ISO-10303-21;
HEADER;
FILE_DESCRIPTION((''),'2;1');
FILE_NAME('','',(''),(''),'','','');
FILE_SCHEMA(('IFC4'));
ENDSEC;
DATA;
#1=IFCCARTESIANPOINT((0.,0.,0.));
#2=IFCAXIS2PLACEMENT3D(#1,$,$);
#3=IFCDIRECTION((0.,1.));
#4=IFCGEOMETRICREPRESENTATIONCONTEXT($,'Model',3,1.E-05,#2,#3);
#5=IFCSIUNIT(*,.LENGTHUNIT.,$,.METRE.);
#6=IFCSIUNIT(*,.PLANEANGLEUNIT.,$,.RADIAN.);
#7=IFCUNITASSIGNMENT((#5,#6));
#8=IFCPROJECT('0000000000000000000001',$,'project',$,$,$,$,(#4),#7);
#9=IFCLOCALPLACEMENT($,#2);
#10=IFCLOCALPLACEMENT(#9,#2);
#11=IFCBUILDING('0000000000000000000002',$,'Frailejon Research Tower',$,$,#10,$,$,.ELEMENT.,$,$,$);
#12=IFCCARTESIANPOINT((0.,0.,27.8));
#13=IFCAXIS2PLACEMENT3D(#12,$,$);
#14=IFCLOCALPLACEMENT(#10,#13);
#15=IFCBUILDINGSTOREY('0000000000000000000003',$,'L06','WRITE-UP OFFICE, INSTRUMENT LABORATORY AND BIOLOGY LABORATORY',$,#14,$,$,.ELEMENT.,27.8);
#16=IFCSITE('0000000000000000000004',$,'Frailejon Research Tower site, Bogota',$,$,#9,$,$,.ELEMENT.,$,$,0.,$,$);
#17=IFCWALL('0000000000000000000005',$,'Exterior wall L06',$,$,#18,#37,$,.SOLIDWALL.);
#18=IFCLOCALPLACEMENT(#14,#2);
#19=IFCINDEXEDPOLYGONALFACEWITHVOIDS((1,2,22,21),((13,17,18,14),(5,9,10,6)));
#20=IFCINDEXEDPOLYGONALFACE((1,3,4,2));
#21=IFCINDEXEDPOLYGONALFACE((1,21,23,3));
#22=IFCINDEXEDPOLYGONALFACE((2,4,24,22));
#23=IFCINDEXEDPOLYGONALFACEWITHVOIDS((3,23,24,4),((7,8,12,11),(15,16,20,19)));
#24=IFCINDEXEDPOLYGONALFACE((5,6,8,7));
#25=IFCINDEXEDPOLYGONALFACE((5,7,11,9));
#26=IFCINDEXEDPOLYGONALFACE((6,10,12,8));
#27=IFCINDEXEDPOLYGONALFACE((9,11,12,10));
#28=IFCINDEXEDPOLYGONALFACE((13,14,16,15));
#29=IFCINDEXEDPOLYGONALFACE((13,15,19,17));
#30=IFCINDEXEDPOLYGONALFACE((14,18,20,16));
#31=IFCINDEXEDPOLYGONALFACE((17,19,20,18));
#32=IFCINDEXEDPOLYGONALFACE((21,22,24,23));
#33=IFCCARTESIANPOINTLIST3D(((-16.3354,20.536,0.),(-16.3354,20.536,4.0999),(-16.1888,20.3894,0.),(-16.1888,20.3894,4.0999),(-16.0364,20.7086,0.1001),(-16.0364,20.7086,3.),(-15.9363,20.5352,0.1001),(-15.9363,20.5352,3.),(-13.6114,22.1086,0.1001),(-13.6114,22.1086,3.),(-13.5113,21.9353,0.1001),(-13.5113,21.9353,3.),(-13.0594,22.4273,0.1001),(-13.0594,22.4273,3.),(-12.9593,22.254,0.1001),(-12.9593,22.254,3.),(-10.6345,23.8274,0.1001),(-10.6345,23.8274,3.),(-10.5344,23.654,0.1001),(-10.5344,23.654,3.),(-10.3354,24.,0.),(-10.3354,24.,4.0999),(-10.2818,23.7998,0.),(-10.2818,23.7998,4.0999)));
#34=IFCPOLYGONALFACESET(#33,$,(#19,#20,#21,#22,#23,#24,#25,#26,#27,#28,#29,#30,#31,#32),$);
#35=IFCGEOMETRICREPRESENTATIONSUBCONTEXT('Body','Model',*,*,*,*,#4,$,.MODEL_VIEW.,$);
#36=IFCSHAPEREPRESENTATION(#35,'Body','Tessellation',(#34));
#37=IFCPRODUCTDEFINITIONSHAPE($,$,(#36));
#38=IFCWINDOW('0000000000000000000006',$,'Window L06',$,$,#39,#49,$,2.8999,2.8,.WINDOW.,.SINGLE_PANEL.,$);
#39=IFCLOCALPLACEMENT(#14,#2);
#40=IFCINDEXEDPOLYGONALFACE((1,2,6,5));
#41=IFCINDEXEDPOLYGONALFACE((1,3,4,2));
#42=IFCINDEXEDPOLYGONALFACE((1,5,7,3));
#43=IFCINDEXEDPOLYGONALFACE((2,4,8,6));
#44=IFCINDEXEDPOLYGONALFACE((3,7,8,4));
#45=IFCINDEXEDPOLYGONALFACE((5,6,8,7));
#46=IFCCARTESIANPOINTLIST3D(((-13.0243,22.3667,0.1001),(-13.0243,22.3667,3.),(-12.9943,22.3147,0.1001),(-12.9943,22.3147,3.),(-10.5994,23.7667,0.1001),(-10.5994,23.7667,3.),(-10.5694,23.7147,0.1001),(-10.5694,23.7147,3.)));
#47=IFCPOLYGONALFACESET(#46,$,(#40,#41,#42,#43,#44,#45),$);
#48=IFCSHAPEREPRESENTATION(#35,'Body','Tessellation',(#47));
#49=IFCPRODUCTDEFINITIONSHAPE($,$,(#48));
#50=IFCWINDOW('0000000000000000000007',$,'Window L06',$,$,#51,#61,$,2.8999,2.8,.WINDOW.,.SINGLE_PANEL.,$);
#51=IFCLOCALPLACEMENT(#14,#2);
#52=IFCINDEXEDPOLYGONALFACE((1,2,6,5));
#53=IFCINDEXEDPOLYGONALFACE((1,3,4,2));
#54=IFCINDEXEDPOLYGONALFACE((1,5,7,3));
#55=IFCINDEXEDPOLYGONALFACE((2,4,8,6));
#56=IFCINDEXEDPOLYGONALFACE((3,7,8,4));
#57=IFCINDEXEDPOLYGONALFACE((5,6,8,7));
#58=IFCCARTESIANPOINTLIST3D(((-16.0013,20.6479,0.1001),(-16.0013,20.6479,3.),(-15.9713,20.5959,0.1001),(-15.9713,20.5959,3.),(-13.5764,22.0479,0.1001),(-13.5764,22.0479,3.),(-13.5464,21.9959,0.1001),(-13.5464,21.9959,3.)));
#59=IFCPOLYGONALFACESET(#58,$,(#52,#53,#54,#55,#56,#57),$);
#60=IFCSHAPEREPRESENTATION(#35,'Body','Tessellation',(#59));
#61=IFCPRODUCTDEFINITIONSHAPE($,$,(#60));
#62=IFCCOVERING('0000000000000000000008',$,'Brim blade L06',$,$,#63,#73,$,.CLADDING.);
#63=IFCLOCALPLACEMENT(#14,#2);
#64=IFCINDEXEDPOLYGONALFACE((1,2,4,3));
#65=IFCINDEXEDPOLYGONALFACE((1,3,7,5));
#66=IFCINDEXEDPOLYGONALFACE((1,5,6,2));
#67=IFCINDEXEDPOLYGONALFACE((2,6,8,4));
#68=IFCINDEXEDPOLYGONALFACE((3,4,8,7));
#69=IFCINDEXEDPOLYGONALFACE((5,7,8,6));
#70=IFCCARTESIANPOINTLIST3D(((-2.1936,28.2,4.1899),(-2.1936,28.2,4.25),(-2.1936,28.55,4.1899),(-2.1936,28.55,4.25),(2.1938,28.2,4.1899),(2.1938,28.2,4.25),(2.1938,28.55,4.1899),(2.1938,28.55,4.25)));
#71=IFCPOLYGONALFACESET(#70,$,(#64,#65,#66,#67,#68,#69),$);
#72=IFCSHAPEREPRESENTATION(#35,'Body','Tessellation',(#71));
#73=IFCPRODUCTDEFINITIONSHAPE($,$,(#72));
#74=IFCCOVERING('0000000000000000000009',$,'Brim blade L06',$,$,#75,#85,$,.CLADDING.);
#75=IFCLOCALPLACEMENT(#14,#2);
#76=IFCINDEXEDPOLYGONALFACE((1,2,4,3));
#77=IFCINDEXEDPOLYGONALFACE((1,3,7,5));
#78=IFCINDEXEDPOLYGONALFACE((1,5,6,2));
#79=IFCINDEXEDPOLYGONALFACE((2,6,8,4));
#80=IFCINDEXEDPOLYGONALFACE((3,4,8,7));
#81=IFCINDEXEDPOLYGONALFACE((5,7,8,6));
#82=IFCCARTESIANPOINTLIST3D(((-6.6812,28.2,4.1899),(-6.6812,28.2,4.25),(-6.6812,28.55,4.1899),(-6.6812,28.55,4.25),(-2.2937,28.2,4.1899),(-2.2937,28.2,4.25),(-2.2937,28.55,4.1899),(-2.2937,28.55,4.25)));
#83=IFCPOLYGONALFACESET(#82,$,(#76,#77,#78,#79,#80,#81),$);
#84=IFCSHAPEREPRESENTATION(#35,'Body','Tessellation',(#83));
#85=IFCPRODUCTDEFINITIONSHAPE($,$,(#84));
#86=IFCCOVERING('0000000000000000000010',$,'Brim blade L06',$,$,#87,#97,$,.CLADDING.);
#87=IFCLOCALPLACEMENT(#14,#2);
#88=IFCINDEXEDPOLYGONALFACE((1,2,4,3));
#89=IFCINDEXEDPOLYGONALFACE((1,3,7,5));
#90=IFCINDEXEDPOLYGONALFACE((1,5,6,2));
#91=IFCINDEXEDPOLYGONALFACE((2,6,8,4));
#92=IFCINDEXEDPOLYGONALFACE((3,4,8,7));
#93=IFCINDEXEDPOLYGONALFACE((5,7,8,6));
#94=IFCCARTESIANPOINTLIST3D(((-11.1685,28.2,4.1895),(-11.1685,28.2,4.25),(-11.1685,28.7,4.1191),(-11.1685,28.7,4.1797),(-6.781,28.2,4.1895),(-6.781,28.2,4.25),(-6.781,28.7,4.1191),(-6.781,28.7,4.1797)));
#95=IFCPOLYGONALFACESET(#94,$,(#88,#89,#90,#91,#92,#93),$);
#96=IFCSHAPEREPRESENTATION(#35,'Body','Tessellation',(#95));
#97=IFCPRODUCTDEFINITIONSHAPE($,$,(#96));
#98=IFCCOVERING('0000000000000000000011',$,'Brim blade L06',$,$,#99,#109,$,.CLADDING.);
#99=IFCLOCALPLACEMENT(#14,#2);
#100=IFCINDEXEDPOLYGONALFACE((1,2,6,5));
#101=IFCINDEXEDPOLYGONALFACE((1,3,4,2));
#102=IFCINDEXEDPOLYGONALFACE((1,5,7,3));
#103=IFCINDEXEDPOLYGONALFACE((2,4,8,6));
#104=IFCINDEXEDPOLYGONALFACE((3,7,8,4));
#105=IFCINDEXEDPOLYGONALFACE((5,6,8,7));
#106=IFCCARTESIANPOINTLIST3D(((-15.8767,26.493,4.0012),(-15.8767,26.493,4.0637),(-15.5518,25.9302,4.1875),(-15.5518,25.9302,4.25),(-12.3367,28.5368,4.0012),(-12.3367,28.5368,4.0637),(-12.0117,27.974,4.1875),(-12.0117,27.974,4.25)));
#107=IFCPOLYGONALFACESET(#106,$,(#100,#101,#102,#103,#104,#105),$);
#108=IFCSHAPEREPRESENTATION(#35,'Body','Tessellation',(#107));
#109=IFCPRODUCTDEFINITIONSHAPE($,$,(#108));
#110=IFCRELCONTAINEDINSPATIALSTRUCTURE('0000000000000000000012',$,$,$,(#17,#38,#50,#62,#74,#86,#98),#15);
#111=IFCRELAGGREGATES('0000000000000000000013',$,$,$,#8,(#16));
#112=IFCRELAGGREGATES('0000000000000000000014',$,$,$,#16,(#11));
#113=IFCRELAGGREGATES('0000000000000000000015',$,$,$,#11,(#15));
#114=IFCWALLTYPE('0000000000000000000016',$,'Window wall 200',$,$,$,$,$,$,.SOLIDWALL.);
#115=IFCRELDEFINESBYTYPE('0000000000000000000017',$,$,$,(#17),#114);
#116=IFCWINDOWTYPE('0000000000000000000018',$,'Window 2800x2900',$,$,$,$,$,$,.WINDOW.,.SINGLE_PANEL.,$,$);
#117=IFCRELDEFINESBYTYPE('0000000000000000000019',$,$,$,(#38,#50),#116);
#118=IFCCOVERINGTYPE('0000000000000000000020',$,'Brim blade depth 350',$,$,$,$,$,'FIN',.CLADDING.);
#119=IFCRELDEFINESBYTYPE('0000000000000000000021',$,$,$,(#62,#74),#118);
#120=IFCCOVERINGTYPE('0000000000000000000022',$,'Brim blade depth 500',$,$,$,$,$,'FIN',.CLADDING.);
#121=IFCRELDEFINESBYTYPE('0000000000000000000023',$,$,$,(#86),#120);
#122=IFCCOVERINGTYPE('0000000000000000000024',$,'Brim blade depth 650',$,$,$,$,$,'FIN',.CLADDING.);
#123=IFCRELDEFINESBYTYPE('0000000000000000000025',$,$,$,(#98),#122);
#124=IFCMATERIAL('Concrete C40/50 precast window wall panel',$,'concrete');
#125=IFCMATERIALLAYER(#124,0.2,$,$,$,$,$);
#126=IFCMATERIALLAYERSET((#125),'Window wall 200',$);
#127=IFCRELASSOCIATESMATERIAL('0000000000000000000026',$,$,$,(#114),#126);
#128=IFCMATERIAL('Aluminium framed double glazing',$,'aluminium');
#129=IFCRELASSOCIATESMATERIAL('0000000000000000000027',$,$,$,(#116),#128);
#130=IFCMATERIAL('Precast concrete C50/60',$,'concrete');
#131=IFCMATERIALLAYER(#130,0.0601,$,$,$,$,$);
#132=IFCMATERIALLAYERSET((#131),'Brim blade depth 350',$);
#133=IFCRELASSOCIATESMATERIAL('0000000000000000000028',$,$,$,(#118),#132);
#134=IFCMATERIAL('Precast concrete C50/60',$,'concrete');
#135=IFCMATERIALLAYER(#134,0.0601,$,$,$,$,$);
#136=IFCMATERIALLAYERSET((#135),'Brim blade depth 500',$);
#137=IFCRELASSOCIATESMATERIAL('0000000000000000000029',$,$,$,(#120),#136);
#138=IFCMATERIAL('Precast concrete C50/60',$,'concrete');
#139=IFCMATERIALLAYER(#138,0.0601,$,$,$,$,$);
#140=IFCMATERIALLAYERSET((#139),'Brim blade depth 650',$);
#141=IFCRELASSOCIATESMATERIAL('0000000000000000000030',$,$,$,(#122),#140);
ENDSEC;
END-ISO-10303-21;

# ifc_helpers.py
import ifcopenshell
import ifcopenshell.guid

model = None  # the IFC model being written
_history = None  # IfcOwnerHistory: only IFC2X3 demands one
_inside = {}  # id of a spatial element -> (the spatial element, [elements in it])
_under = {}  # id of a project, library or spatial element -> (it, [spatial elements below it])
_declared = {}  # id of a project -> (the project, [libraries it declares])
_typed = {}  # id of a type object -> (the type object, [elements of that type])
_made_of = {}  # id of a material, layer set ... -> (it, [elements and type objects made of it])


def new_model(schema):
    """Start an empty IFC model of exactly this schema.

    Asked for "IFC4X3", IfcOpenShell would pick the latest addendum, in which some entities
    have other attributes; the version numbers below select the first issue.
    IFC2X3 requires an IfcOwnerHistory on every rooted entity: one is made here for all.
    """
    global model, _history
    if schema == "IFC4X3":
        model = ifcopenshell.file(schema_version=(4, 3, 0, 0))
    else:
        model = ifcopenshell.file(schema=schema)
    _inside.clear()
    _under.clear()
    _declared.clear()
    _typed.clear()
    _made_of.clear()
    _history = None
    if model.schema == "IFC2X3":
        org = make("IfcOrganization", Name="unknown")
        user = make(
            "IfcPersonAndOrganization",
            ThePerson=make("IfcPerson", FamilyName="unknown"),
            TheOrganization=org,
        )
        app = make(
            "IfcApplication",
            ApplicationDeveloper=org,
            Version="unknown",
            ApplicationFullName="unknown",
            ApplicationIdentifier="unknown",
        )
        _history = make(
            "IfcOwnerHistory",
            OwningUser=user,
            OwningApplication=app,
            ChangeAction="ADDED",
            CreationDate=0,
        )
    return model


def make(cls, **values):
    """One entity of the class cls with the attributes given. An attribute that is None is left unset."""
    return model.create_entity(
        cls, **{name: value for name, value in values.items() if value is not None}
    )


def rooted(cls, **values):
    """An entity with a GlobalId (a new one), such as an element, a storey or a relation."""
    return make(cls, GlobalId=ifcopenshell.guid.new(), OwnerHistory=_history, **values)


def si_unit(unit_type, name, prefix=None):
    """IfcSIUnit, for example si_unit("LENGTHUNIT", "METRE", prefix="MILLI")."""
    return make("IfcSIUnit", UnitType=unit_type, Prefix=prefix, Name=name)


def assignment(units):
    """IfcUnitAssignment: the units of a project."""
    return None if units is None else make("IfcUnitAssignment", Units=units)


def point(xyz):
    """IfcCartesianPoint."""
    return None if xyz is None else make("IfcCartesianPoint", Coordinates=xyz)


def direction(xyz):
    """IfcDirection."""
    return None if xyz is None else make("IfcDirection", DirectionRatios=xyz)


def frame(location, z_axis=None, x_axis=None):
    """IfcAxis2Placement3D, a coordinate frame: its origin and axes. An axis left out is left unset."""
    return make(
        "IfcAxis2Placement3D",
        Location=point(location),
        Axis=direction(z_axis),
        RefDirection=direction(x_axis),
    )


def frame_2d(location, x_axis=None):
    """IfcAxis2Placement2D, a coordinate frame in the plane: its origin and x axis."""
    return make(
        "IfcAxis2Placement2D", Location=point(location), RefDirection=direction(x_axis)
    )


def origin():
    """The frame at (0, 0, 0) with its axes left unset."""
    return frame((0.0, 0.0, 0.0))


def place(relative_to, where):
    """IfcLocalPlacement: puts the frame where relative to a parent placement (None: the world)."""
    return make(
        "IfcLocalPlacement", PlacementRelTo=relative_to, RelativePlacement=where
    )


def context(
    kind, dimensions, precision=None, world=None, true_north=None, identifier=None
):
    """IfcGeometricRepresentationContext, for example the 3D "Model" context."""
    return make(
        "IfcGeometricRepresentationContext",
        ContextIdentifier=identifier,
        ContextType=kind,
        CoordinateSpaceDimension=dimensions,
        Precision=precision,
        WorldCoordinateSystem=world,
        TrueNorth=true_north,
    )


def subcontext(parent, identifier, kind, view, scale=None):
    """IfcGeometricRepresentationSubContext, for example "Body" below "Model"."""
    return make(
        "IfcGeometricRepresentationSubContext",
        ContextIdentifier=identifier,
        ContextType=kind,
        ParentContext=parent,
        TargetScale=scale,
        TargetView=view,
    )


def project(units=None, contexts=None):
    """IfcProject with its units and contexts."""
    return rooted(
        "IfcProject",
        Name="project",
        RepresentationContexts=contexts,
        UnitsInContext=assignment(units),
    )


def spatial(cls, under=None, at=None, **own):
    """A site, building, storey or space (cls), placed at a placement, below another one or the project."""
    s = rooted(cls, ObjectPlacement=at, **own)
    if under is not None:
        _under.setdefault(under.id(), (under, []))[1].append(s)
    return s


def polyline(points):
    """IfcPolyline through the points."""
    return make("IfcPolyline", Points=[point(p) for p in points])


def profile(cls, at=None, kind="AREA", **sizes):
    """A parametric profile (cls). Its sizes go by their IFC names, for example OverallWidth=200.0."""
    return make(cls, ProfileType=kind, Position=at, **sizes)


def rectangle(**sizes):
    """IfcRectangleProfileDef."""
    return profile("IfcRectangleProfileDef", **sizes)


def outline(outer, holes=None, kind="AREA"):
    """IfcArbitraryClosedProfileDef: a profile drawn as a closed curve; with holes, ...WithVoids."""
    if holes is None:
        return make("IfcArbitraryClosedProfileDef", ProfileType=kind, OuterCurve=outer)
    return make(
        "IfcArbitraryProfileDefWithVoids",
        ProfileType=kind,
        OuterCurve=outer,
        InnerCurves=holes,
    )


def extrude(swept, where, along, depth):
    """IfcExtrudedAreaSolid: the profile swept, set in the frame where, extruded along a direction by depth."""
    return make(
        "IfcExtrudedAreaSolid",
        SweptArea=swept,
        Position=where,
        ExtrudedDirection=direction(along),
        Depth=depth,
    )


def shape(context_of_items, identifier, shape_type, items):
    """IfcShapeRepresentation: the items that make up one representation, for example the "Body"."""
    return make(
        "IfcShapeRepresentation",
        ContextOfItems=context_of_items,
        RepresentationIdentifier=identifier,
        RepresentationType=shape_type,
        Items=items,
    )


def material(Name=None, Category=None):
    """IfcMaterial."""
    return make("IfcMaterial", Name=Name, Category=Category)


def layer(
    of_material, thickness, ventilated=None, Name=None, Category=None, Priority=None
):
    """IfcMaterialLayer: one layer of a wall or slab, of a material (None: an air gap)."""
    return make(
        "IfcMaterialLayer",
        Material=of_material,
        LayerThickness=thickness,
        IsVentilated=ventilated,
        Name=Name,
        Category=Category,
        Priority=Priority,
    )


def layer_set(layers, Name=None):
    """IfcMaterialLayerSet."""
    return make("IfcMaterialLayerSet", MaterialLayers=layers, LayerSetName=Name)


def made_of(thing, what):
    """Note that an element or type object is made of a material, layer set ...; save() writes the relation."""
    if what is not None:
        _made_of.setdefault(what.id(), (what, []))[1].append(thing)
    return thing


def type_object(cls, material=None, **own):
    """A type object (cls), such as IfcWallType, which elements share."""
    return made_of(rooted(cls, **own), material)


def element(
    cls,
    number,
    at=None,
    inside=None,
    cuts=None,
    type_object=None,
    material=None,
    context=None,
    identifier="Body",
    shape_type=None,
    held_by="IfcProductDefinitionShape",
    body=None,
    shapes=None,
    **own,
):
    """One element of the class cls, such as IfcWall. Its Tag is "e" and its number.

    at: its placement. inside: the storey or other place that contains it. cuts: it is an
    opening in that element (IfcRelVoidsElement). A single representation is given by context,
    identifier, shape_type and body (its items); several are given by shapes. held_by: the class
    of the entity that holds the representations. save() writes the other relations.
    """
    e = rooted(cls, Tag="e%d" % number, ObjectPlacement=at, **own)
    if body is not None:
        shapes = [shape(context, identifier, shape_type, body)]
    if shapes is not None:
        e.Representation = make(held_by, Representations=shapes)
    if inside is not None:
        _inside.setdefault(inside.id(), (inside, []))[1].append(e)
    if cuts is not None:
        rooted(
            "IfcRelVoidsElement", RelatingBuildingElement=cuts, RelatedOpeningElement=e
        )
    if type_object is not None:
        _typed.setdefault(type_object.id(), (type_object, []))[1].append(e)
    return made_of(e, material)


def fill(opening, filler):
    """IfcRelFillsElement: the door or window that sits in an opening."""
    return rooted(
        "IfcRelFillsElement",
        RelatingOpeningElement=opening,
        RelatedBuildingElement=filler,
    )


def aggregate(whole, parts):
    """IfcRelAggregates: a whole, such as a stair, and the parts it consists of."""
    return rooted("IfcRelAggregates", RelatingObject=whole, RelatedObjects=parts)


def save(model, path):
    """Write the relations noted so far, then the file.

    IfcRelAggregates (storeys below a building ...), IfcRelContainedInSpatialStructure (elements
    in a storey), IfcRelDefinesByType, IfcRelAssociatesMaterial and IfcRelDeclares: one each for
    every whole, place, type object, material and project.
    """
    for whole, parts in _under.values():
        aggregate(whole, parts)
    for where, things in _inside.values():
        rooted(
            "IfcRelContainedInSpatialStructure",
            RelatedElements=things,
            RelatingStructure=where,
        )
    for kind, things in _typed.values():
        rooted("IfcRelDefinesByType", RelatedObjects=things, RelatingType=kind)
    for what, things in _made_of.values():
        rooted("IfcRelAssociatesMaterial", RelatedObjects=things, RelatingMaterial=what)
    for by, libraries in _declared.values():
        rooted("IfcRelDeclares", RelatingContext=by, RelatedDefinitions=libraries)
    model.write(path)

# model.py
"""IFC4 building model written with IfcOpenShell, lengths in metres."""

from ifc_helpers import new_model, si_unit, direction, frame, frame_2d, origin, place, context, subcontext, project, spatial, polyline, rectangle, outline, extrude, material, layer, layer_set, type_object, element, fill, save


model = new_model("IFC4")

# Units and contexts
model_context = context("Model", 3, precision=1e-05, world=origin(), true_north=direction((0.0, 1.0)))
body_context = subcontext(model_context, "Body", "Model", "MODEL_VIEW")
ifc_project = project(units=[si_unit("LENGTHUNIT", "METRE"), si_unit("PLANEANGLEUNIT", "RADIAN")], contexts=[model_context])

# Site, building, storey
site_placement = place(None, origin())
site = spatial("IfcSite", under=ifc_project, at=site_placement, Name="Frailejon Research Tower site, Bogota", CompositionType="ELEMENT", RefElevation=0.0)
building_placement = place(site_placement, origin())
building = spatial("IfcBuilding", under=site, at=building_placement, Name="Frailejon Research Tower", CompositionType="ELEMENT")
storey_placement = place(building_placement, frame((0.0, 0.0, 27.8)))
storey = spatial("IfcBuildingStorey", under=building, at=storey_placement, Name="L06", Description="WRITE-UP OFFICE, INSTRUMENT LABORATORY AND BIOLOGY LABORATORY", CompositionType="ELEMENT", Elevation=27.8)

# Wall, openings, windows
ifc_material_1 = material(Name="Concrete C40/50 precast window wall panel", Category="concrete")
ifc_layer_1 = layer(ifc_material_1, 0.2)
ifc_layer_set_1 = layer_set([ifc_layer_1], Name="Window wall 200")
wall_type_1 = type_object("IfcWallType", Name="Window wall 200", PredefinedType="SOLIDWALL", material=ifc_layer_set_1)
wall_1_placement = place(storey_placement, frame((-10.3086, 23.8999, 0.0), z_axis=(0.0, 0.0, 1.0), x_axis=(-0.866029, -0.499993, 0.0)))
wall_1 = element("IfcWall", 1, at=wall_1_placement, inside=storey, type_object=wall_type_1, Name="Exterior wall L06", PredefinedType="SOLIDWALL", context=body_context, shape_type="SweptSolid", body=[
    extrude(outline(polyline([(-0.0269, -0.1001), (1.1279, -0.1001), (2.2825, -0.1001), (3.4373, -0.1001), (4.592, -0.1001), (5.7466, -0.1001), (6.9014, -0.1001), (6.8477, 0.1001), (5.7109, 0.1001), (4.574, 0.1001), (3.4373, 0.1001), (2.3005, 0.1001), (1.1636, 0.1001), (0.0269, 0.1001), (-0.0269, -0.1001)])), origin(), (0.0, 0.0, 1.0), 4.0999),
])
opening_1_placement = place(wall_1_placement, frame((0.3186, 0.0, 0.1001)))
opening_1 = element("IfcOpeningElement", 2, at=opening_1_placement, cuts=wall_1, PredefinedType="OPENING", context=body_context, shape_type="SweptSolid", body=[
    extrude(rectangle(XDim=2.8, YDim=2.8999, at=frame_2d((1.3999, 1.45))), frame((0.0, 0.1099, 0.0), z_axis=(0.0, -1.0, 0.0), x_axis=(1.0, 0.0, 0.0)), (0.0, 0.0, 1.0), 0.22),
])
opening_2_placement = place(wall_1_placement, frame((3.7561, 0.0, 0.1001)))
opening_2 = element("IfcOpeningElement", 3, at=opening_2_placement, cuts=wall_1, PredefinedType="OPENING", context=body_context, shape_type="SweptSolid", body=[
    extrude(rectangle(XDim=2.8, YDim=2.8999, at=frame_2d((1.3999, 1.45))), frame((0.0, 0.1099, 0.0), z_axis=(0.0, -1.0, 0.0), x_axis=(1.0, 0.0, 0.0)), (0.0, 0.0, 1.0), 0.22),
])
ifc_material_2 = material(Name="Aluminium framed double glazing", Category="aluminium")
window_type = type_object("IfcWindowType", Name="Window 2800x2900", PartitioningType="SINGLE_PANEL", PredefinedType="WINDOW", material=ifc_material_2)
window_1_placement = place(opening_1_placement, origin())
window_1 = element("IfcWindow", 4, at=window_1_placement, inside=storey, type_object=window_type, Name="Window L06", OverallHeight=2.8999, OverallWidth=2.8, PartitioningType="SINGLE_PANEL", PredefinedType="WINDOW", context=body_context, shape_type="SweptSolid", body=[
    extrude(rectangle(XDim=2.8, YDim=2.8999, at=frame_2d((1.3999, 1.45))), frame((0.0, 0.03, 0.0), z_axis=(0.0, -1.0, 0.0), x_axis=(1.0, 0.0, 0.0)), (0.0, 0.0, 1.0), 0.0601),
])
fill(opening_1, window_1)
window_2_placement = place(opening_2_placement, origin())
window_2 = element("IfcWindow", 5, at=window_2_placement, inside=storey, type_object=window_type, Name="Window L06", OverallHeight=2.8999, OverallWidth=2.8, PartitioningType="SINGLE_PANEL", PredefinedType="WINDOW", context=body_context, shape_type="SweptSolid", body=[
    extrude(rectangle(XDim=2.8, YDim=2.8999, at=frame_2d((1.3999, 1.45))), frame((0.0, 0.03, 0.0), z_axis=(0.0, -1.0, 0.0), x_axis=(1.0, 0.0, 0.0)), (0.0, 0.0, 1.0), 0.0601),
])
fill(opening_2, window_2)

# Coverings
ifc_material_3 = material(Name="Precast concrete C50/60", Category="concrete")
ifc_layer_2 = layer(ifc_material_3, 0.0601)
ifc_layer_set_2 = layer_set([ifc_layer_2], Name="Brim blade depth 350")
covering_type_1 = type_object("IfcCoveringType", Name="Brim blade depth 350", ElementType="FIN", PredefinedType="CLADDING", material=ifc_layer_set_2)
for number, where, z_axis, x_axis, name in (
    (6, (-2.1936, 28.2, 4.25), (1.0, 0.0, 0.0), (0.0, 1.0, 0.0), "Brim blade L06"),
    (7, (-6.6812, 28.2, 4.25), (1.0, 0.0, 0.0), (0.0, 1.0, 0.0), "Brim blade L06"),
):
    element("IfcCovering", number, at=place(storey_placement, frame(where, z_axis=z_axis, x_axis=x_axis)), inside=storey, type_object=covering_type_1, Name=name, PredefinedType="CLADDING", context=body_context, shape_type="SweptSolid", body=[
        extrude(outline(polyline([(0.0, -0.0601), (0.3501, -0.0601), (0.3501, 0.0), (0.0, 0.0), (0.0, -0.0601)])), origin(), (0.0, 0.0, 1.0), 4.3875),
    ])
ifc_material_4 = material(Name="Precast concrete C50/60", Category="concrete")
ifc_layer_3 = layer(ifc_material_4, 0.0601)
ifc_layer_set_3 = layer_set([ifc_layer_3], Name="Brim blade depth 500")
covering_type_2 = type_object("IfcCoveringType", Name="Brim blade depth 500", ElementType="FIN", PredefinedType="CLADDING", material=ifc_layer_set_3)
covering_1_placement = place(storey_placement, frame((-11.1685, 28.2, 4.25), z_axis=(1.0, 0.0, 0.0), x_axis=(0.0, 1.0, 0.0)))
element("IfcCovering", 8, at=covering_1_placement, inside=storey, type_object=covering_type_2, Name="Brim blade L06", PredefinedType="CLADDING", context=body_context, shape_type="SweptSolid", body=[
    extrude(outline(polyline([(0.0, -0.0605), (0.5, -0.1309), (0.5, -0.0703), (0.0, 0.0), (0.0, -0.0605)])), origin(), (0.0, 0.0, 1.0), 4.3875),
])
ifc_material_5 = material(Name="Precast concrete C50/60", Category="concrete")
ifc_layer_4 = layer(ifc_material_5, 0.0601)
ifc_layer_set_4 = layer_set([ifc_layer_4], Name="Brim blade depth 650")
covering_type_3 = type_object("IfcCoveringType", Name="Brim blade depth 650", ElementType="FIN", PredefinedType="CLADDING", material=ifc_layer_set_4)
covering_2_placement = place(storey_placement, frame((-15.5518, 25.9302, 4.25), z_axis=(0.866027, 0.499997, 0.0), x_axis=(-0.499997, 0.866027, 0.0)))
element("IfcCovering", 9, at=covering_2_placement, inside=storey, type_object=covering_type_3, Name="Brim blade L06", PredefinedType="CLADDING", context=body_context, shape_type="SweptSolid", body=[
    extrude(outline(polyline([(0.0, -0.0625), (0.6499, -0.2488), (0.6499, -0.1863), (0.0, 0.0), (0.0, -0.0625)])), origin(), (0.0, 0.0, 1.0), 4.0876),
])

save(model, "model.ifc")
